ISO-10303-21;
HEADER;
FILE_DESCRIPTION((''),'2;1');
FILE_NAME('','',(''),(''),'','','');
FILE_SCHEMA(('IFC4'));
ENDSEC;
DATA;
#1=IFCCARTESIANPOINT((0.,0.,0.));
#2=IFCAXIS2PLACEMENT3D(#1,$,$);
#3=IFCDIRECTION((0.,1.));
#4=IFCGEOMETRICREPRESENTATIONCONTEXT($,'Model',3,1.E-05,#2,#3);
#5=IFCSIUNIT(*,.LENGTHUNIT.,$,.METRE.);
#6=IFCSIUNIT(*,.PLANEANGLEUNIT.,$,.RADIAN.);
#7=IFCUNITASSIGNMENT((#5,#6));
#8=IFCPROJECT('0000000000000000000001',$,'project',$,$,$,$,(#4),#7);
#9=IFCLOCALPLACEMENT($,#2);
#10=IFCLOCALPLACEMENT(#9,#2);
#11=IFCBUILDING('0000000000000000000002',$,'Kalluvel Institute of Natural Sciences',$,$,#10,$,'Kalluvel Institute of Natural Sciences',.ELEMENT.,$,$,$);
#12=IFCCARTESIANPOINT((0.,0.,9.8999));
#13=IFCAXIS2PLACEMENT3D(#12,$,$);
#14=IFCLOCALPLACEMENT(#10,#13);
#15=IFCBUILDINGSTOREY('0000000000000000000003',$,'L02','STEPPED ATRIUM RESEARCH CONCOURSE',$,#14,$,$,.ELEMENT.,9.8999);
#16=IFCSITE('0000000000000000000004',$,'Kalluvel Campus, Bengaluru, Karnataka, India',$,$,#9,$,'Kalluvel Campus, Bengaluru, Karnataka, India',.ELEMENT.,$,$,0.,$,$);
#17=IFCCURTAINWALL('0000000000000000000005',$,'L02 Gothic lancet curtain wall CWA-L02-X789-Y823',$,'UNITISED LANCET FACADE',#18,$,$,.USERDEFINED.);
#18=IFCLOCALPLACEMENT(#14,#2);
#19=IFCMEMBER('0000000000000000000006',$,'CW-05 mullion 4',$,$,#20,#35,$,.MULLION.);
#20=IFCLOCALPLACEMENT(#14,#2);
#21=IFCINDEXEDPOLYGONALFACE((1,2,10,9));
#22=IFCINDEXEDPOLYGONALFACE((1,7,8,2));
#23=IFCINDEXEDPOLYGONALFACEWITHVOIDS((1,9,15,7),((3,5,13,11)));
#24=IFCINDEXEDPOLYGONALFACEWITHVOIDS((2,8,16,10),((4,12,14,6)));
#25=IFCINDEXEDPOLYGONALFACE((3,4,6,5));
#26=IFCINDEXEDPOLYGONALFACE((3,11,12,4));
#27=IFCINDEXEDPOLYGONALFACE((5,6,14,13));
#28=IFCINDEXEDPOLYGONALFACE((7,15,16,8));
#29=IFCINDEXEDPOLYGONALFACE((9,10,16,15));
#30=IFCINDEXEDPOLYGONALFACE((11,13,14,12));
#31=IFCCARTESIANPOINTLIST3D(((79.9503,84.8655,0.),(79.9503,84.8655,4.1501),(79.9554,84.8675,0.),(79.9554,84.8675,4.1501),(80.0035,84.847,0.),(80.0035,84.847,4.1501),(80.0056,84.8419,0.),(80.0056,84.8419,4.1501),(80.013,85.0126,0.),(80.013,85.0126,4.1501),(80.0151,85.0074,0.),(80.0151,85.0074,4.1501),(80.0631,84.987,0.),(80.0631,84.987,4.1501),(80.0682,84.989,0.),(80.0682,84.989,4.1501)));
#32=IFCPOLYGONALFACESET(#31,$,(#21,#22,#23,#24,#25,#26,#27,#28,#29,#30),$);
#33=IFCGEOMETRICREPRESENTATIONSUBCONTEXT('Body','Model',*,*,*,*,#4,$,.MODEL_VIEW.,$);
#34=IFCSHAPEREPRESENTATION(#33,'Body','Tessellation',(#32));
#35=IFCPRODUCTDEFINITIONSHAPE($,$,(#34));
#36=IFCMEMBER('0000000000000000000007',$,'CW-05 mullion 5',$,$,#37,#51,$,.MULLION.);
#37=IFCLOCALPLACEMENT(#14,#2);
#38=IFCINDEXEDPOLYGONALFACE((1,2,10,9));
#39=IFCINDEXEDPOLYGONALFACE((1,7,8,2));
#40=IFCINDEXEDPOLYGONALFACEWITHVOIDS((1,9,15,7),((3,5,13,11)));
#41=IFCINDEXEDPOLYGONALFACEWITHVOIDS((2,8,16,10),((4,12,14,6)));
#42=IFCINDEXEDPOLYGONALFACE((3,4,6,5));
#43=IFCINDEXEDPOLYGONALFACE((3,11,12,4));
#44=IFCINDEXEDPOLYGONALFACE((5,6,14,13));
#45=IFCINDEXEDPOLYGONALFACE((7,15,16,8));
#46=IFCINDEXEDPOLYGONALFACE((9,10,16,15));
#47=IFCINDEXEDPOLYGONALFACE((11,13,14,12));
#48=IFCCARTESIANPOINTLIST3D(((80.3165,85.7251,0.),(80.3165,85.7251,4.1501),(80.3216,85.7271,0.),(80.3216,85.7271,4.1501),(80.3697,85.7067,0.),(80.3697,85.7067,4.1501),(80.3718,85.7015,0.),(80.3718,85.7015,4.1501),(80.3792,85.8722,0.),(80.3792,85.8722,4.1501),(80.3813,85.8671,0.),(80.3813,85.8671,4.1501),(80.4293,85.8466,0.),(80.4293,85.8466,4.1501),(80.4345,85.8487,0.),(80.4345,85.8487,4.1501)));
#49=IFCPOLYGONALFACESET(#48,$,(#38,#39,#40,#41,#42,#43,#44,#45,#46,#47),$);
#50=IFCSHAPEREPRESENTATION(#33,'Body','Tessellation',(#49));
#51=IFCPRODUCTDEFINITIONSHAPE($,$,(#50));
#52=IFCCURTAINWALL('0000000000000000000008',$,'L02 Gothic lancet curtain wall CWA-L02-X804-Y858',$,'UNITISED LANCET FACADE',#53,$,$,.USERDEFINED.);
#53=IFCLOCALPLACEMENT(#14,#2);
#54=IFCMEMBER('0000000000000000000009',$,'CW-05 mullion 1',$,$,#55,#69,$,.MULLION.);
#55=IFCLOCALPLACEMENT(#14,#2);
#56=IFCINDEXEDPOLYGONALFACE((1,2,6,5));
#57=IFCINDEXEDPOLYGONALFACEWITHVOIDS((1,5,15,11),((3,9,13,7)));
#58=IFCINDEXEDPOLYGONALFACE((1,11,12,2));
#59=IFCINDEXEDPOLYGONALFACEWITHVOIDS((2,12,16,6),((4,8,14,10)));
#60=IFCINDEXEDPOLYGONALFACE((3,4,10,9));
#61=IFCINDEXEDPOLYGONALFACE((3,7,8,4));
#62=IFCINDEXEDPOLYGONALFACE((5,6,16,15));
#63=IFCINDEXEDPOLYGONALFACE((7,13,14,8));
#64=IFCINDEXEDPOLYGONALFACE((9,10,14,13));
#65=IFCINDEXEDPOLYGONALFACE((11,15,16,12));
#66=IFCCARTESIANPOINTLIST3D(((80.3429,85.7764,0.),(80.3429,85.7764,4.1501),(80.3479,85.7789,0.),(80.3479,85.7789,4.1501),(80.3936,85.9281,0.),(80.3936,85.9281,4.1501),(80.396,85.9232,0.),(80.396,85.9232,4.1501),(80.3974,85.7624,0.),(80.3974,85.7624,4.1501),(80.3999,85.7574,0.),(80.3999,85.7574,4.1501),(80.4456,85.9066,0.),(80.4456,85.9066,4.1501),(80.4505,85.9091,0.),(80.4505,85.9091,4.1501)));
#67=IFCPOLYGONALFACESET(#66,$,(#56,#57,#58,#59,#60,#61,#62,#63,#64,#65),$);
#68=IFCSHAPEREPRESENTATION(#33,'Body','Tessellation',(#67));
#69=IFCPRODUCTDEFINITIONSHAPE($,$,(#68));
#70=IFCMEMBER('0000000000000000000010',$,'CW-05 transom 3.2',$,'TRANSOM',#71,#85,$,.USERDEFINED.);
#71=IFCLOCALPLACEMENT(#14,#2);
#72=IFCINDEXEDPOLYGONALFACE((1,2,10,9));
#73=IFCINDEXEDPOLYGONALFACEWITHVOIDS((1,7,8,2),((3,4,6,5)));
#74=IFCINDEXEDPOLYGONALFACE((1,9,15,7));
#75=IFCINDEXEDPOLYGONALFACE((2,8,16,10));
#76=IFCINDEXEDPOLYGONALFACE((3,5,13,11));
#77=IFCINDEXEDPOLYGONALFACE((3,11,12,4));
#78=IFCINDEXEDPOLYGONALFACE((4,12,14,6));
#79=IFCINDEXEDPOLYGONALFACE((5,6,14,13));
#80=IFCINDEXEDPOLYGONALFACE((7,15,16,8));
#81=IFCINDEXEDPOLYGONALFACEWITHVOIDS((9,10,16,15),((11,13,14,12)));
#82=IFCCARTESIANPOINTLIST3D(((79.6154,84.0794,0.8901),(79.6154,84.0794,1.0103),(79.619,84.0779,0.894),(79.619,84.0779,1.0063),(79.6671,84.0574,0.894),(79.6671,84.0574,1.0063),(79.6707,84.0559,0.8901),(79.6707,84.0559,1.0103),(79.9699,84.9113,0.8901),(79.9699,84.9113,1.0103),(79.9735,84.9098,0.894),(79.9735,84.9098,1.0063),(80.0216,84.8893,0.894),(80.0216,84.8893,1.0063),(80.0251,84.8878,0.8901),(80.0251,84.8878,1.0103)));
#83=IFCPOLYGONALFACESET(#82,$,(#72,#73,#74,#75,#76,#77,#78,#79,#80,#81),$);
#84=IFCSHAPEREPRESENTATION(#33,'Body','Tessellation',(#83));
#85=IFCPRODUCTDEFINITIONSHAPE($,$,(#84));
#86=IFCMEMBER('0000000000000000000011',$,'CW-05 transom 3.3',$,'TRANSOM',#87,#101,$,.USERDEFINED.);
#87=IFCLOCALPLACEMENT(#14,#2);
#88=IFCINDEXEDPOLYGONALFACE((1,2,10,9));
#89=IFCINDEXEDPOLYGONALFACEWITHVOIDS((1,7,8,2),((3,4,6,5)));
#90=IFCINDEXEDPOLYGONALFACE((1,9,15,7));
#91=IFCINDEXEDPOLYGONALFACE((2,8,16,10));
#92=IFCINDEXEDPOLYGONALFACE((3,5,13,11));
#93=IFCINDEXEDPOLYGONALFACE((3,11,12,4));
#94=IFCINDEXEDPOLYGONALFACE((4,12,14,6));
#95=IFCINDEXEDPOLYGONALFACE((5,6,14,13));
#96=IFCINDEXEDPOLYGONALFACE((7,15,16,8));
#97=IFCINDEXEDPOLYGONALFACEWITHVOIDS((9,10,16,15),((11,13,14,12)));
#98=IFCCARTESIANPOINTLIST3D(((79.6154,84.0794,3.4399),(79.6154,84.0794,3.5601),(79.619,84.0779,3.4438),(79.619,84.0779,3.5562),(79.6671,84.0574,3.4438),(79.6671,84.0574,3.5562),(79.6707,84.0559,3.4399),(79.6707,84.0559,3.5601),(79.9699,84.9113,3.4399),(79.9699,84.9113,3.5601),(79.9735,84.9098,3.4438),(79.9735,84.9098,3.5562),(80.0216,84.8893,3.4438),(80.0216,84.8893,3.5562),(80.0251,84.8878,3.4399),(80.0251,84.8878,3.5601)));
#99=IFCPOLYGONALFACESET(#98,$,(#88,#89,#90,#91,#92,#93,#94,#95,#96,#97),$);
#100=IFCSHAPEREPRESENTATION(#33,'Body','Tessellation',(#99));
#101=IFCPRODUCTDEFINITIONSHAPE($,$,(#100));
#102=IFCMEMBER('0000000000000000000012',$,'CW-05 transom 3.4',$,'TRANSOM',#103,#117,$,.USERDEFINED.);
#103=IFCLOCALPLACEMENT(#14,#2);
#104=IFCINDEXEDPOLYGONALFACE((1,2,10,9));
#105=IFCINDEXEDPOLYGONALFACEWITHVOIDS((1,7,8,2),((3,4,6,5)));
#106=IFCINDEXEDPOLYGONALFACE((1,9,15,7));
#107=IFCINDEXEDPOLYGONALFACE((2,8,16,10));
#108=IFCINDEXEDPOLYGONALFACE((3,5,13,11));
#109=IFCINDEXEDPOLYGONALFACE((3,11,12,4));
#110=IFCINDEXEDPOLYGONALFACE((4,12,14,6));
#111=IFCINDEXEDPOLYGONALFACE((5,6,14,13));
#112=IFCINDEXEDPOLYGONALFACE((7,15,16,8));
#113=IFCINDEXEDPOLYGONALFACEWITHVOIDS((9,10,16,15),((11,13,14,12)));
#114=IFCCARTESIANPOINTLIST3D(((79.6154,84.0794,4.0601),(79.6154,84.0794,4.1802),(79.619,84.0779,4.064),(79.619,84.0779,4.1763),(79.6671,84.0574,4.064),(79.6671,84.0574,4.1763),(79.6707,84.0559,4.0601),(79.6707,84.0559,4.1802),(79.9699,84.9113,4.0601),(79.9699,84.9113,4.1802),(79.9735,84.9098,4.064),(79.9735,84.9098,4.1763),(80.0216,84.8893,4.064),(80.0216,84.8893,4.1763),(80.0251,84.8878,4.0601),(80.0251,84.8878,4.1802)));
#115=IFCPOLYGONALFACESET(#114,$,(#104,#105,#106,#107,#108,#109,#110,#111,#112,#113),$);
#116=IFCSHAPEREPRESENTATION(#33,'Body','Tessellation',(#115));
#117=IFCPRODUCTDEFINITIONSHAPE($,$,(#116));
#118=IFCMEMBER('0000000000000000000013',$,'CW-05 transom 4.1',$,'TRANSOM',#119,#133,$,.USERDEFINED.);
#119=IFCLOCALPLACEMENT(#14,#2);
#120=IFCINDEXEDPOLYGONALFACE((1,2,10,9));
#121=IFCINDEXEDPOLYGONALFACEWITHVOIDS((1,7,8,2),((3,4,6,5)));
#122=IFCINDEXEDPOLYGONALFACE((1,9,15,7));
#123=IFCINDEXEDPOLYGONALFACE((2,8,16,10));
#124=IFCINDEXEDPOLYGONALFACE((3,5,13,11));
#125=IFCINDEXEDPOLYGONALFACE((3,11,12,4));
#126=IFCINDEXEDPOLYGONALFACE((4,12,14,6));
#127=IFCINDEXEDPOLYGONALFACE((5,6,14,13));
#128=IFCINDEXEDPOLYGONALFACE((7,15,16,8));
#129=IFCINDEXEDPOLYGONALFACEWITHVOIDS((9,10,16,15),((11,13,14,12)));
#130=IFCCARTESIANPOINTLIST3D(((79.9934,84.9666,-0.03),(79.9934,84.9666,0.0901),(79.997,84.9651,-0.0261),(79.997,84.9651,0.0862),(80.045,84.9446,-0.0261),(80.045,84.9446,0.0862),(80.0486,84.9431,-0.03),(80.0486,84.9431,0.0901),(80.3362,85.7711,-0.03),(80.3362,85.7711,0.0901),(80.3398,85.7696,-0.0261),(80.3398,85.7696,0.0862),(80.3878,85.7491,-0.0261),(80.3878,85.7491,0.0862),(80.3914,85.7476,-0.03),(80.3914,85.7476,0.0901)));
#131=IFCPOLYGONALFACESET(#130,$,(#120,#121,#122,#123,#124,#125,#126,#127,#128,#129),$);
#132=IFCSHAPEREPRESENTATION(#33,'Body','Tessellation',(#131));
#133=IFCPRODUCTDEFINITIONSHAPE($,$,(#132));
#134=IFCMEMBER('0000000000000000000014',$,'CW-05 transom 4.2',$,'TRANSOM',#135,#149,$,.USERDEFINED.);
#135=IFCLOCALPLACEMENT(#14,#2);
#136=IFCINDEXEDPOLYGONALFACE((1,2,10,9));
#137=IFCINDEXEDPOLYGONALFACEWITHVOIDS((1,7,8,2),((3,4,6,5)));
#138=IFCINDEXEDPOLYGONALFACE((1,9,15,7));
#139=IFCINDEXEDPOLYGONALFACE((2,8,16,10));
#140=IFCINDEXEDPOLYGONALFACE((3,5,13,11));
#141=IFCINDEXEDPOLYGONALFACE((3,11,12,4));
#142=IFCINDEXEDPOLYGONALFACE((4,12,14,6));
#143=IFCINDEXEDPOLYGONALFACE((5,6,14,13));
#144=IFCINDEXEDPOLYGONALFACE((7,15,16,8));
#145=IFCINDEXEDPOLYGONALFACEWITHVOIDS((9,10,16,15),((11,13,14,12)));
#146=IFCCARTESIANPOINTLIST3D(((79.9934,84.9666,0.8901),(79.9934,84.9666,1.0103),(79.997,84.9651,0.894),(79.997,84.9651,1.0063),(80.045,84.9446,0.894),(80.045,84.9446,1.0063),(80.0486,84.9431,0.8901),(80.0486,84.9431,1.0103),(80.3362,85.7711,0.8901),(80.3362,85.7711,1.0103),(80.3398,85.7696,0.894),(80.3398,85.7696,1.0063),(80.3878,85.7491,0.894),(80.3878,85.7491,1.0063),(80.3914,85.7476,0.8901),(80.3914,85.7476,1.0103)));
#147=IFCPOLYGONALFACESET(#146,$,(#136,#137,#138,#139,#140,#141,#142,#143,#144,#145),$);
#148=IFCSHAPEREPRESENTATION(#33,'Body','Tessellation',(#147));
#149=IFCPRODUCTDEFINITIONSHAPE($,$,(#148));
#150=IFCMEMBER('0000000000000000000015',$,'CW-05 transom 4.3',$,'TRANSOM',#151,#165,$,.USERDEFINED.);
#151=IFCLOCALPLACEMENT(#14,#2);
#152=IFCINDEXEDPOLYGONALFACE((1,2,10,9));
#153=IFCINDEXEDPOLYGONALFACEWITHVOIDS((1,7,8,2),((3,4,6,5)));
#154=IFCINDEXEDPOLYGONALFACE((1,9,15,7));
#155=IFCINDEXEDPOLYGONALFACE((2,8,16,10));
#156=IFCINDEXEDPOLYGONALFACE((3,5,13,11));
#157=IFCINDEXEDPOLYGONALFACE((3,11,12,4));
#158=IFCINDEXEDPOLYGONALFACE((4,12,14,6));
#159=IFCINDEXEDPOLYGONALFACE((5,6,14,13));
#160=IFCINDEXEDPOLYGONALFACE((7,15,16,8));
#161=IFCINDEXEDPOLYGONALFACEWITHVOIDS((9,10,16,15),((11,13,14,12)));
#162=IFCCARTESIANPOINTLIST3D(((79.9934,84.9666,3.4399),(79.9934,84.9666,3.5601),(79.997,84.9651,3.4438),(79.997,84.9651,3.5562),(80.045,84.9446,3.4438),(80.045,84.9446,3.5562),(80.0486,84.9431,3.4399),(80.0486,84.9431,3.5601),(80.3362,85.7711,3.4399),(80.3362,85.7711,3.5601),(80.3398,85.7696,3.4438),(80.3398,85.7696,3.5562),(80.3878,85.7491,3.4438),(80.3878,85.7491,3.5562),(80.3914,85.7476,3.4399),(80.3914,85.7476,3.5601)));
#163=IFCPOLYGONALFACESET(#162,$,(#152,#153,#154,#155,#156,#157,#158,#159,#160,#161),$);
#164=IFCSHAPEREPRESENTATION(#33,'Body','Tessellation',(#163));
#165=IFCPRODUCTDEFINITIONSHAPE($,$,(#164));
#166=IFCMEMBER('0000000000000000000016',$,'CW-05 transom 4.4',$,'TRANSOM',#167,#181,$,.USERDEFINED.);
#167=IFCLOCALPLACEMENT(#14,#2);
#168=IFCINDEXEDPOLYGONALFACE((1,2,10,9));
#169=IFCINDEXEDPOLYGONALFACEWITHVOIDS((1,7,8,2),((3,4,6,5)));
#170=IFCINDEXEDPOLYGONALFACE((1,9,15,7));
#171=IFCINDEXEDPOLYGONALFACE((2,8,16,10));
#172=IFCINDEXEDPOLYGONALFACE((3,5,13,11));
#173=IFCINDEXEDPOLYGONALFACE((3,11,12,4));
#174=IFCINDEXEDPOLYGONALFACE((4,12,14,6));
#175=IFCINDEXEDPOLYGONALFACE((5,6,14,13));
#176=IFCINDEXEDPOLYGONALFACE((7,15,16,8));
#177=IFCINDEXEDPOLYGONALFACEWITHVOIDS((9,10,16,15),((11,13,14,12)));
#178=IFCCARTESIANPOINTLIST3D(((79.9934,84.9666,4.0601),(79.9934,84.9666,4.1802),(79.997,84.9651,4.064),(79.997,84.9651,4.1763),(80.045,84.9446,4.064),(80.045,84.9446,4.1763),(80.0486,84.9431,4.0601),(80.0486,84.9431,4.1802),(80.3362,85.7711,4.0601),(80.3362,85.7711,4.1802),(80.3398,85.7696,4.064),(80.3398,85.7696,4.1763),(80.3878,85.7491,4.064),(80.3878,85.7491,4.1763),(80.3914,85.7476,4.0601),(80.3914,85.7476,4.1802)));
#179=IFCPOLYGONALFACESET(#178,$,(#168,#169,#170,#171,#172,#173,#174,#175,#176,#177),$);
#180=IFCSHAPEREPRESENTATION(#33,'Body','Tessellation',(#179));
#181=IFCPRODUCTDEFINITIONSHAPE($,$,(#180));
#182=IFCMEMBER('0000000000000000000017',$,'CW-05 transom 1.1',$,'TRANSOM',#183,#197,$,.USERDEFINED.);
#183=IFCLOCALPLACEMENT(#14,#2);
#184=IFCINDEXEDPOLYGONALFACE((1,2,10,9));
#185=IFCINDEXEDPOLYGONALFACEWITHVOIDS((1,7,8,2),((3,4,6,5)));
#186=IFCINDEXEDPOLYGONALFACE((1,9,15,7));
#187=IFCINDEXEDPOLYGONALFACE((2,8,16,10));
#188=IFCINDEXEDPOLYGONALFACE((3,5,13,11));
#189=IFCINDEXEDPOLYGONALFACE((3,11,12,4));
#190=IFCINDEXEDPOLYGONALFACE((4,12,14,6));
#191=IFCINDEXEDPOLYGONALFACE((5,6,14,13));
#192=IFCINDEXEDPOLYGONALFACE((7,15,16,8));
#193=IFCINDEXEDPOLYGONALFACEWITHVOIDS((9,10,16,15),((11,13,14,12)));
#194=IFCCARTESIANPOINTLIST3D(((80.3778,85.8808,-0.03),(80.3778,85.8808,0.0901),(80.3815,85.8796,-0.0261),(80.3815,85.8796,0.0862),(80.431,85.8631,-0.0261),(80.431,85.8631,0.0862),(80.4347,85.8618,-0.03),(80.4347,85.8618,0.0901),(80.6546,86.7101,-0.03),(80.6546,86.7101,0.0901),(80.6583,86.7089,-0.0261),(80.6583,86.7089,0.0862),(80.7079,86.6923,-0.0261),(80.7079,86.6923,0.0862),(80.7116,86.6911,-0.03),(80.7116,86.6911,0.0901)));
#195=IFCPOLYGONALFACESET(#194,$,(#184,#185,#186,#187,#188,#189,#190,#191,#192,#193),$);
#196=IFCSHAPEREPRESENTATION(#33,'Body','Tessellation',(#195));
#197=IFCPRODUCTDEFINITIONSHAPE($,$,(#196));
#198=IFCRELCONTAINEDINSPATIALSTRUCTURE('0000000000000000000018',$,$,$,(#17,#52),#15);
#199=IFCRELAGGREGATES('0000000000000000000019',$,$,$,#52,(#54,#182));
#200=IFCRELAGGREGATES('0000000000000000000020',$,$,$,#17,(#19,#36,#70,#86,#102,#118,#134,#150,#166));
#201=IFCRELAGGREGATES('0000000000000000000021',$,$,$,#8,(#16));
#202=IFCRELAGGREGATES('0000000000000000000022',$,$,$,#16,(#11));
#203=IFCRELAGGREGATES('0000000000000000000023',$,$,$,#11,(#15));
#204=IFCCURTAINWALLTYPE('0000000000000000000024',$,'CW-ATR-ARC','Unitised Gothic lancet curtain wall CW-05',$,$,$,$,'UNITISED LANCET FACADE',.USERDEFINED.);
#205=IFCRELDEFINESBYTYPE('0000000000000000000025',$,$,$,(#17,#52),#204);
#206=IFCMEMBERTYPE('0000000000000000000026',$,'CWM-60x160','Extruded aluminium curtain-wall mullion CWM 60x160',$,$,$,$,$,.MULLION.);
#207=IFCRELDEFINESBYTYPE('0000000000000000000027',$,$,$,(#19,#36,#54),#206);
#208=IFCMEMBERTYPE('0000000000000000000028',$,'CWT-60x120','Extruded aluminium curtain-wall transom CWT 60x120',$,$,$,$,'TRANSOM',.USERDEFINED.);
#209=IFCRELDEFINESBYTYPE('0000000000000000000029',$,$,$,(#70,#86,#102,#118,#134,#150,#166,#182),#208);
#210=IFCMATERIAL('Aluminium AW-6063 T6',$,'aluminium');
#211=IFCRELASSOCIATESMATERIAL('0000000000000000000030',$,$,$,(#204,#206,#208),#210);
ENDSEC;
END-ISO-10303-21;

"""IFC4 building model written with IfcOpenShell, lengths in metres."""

from ifc_helpers import new_model, si_unit, direction, frame, origin, origin_2d, place, context, subcontext, project, spatial, hollow_rectangle, extrude, material, material_profile, profile_set, type_object, element, aggregate, save


model = new_model("IFC4")

# Units and contexts
model_context = context("Model", 3, precision=1e-05, world=origin(), true_north=direction((0.0, 1.0)))
body_context = subcontext(model_context, "Body", "Model", "MODEL_VIEW")
ifc_project = project(units=[si_unit("LENGTHUNIT", "METRE"), si_unit("PLANEANGLEUNIT", "RADIAN")], contexts=[model_context])

# Site, building, storey
site_placement = place(None, origin())
site = spatial("IfcSite", under=ifc_project, at=site_placement, Name="Kalluvel Campus, Bengaluru, Karnataka, India", LongName="Kalluvel Campus, Bengaluru, Karnataka, India", CompositionType="ELEMENT", RefElevation=0.0)
building_placement = place(site_placement, origin())
building = spatial("IfcBuilding", under=site, at=building_placement, Name="Kalluvel Institute of Natural Sciences", LongName="Kalluvel Institute of Natural Sciences", CompositionType="ELEMENT")
storey_placement = place(building_placement, frame((0.0, 0.0, 9.8999)))
storey = spatial("IfcBuildingStorey", under=building, at=storey_placement, Name="L02", Description="STEPPED ATRIUM RESEARCH CONCOURSE", CompositionType="ELEMENT", Elevation=9.8999)

# Curtain wall, members
ifc_material_1 = material(Name="Aluminium AW-6063 T6", Category="aluminium")
curtain_wall_type = type_object("IfcCurtainWallType", Name="CW-ATR-ARC", Description="Unitised Gothic lancet curtain wall CW-05", ElementType="UNITISED LANCET FACADE", PredefinedType="USERDEFINED", material=ifc_material_1)
curtain_wall_1_placement = place(storey_placement, origin())
curtain_wall_1 = element("IfcCurtainWall", 1, at=curtain_wall_1_placement, inside=storey, type_object=curtain_wall_type, Name="L02 Gothic lancet curtain wall CWA-L02-X789-Y823", ObjectType="UNITISED LANCET FACADE", PredefinedType="USERDEFINED")
ifc_material_profile_1 = material_profile(ifc_material_1, hollow_rectangle(XDim=0.0601, YDim=0.1599, WallThickness=0.0039, at=origin_2d()), Name="CWM 60x160")
ifc_profile_set_1 = profile_set([ifc_material_profile_1], Name="Aluminium AW-6063 T6")
member_type_1 = type_object("IfcMemberType", Name="CWM-60x160", Description="Extruded aluminium curtain-wall mullion CWM 60x160", PredefinedType="MULLION", material=ifc_profile_set_1)
member_1_placement = place(storey_placement, frame((80.0093, 84.9272, 0.0), z_axis=(0.0, 0.0, 1.0), x_axis=(-0.91998, 0.391966, 0.0)))
member_1 = element("IfcMember", 2, at=member_1_placement, type_object=member_type_1, Name="CW-05 mullion 4", PredefinedType="MULLION", context=body_context, shape_type="SweptSolid", body=[
    extrude(hollow_rectangle(XDim=0.0601, YDim=0.1599, WallThickness=0.0039, at=origin_2d()), origin(), (0.0, 0.0, 1.0), 4.1501),
])
member_2_placement = place(storey_placement, frame((80.3755, 85.7869, 0.0), z_axis=(0.0, 0.0, 1.0), x_axis=(-0.91998, 0.391966, 0.0)))
member_2 = element("IfcMember", 3, at=member_2_placement, type_object=member_type_1, Name="CW-05 mullion 5", PredefinedType="MULLION", context=body_context, shape_type="SweptSolid", body=[
    extrude(hollow_rectangle(XDim=0.0601, YDim=0.1599, WallThickness=0.0039, at=origin_2d()), origin(), (0.0, 0.0, 1.0), 4.1501),
])

# Curtain wall, member
curtain_wall_2_placement = place(storey_placement, origin())
curtain_wall_2 = element("IfcCurtainWall", 4, at=curtain_wall_2_placement, inside=storey, type_object=curtain_wall_type, Name="L02 Gothic lancet curtain wall CWA-L02-X804-Y858", ObjectType="UNITISED LANCET FACADE", PredefinedType="USERDEFINED")
member_3_placement = place(storey_placement, frame((80.3967, 85.8428, 0.0), z_axis=(0.0, 0.0, 1.0), x_axis=(-0.948541, 0.316655, 0.0)))
member_3 = element("IfcMember", 5, at=member_3_placement, type_object=member_type_1, Name="CW-05 mullion 1", PredefinedType="MULLION", context=body_context, shape_type="SweptSolid", body=[
    extrude(hollow_rectangle(XDim=0.0601, YDim=0.1599, WallThickness=0.0039, at=origin_2d()), origin(), (0.0, 0.0, 1.0), 4.1501),
])

# Members
ifc_material_profile_2 = material_profile(ifc_material_1, hollow_rectangle(XDim=0.0601, YDim=0.1201, WallThickness=0.0039, at=origin_2d()), Name="CWT 60x120")
ifc_profile_set_2 = profile_set([ifc_material_profile_2], Name="Aluminium AW-6063 T6")
member_type_2 = type_object("IfcMemberType", Name="CWT-60x120", Description="Extruded aluminium curtain-wall transom CWT 60x120", ElementType="TRANSOM", PredefinedType="USERDEFINED", material=ifc_profile_set_2)
member_4_placement = place(storey_placement, frame((79.6431, 84.0676, 0.9502), z_axis=(0.391964, 0.919981, 0.0), x_axis=(-0.919981, 0.391964, 0.0)))
member_4 = element("IfcMember", 6, at=member_4_placement, type_object=member_type_2, Name="CW-05 transom 3.2", ObjectType="TRANSOM", PredefinedType="USERDEFINED", context=body_context, shape_type="SweptSolid", body=[
    extrude(hollow_rectangle(XDim=0.0601, YDim=0.1201, WallThickness=0.0039, at=origin_2d()), origin(), (0.0, 0.0, 1.0), 0.9043),
])
member_5_placement = place(storey_placement, frame((79.6431, 84.0676, 3.5), z_axis=(0.391964, 0.919981, 0.0), x_axis=(-0.919981, 0.391964, 0.0)))
member_5 = element("IfcMember", 7, at=member_5_placement, type_object=member_type_2, Name="CW-05 transom 3.3", ObjectType="TRANSOM", PredefinedType="USERDEFINED", context=body_context, shape_type="SweptSolid", body=[
    extrude(hollow_rectangle(XDim=0.0601, YDim=0.1201, WallThickness=0.0039, at=origin_2d()), origin(), (0.0, 0.0, 1.0), 0.9043),
])
member_6_placement = place(storey_placement, frame((79.6431, 84.0676, 4.1201), z_axis=(0.391964, 0.919981, 0.0), x_axis=(-0.919981, 0.391964, 0.0)))
member_6 = element("IfcMember", 8, at=member_6_placement, type_object=member_type_2, Name="CW-05 transom 3.4", ObjectType="TRANSOM", PredefinedType="USERDEFINED", context=body_context, shape_type="SweptSolid", body=[
    extrude(hollow_rectangle(XDim=0.0601, YDim=0.1201, WallThickness=0.0039, at=origin_2d()), origin(), (0.0, 0.0, 1.0), 0.9043),
])
member_7_placement = place(storey_placement, frame((80.021, 84.9548, 0.03), z_axis=(0.391998, 0.919966, 0.0), x_axis=(-0.919966, 0.391998, 0.0)))
member_7 = element("IfcMember", 9, at=member_7_placement, type_object=member_type_2, Name="CW-05 transom 4.1", ObjectType="TRANSOM", PredefinedType="USERDEFINED", context=body_context, shape_type="SweptSolid", body=[
    extrude(hollow_rectangle(XDim=0.0601, YDim=0.1201, WallThickness=0.0039, at=origin_2d()), origin(), (0.0, 0.0, 1.0), 0.8745),
])
member_8_placement = place(storey_placement, frame((80.021, 84.9548, 0.9502), z_axis=(0.391998, 0.919966, 0.0), x_axis=(-0.919966, 0.391998, 0.0)))
member_8 = element("IfcMember", 10, at=member_8_placement, type_object=member_type_2, Name="CW-05 transom 4.2", ObjectType="TRANSOM", PredefinedType="USERDEFINED", context=body_context, shape_type="SweptSolid", body=[
    extrude(hollow_rectangle(XDim=0.0601, YDim=0.1201, WallThickness=0.0039, at=origin_2d()), origin(), (0.0, 0.0, 1.0), 0.8745),
])
member_9_placement = place(storey_placement, frame((80.021, 84.9548, 3.5), z_axis=(0.391998, 0.919966, 0.0), x_axis=(-0.919966, 0.391998, 0.0)))
member_9 = element("IfcMember", 11, at=member_9_placement, type_object=member_type_2, Name="CW-05 transom 4.3", ObjectType="TRANSOM", PredefinedType="USERDEFINED", context=body_context, shape_type="SweptSolid", body=[
    extrude(hollow_rectangle(XDim=0.0601, YDim=0.1201, WallThickness=0.0039, at=origin_2d()), origin(), (0.0, 0.0, 1.0), 0.8745),
])
member_10_placement = place(storey_placement, frame((80.021, 84.9548, 4.1201), z_axis=(0.391998, 0.919966, 0.0), x_axis=(-0.919966, 0.391998, 0.0)))
member_10 = element("IfcMember", 12, at=member_10_placement, type_object=member_type_2, Name="CW-05 transom 4.4", ObjectType="TRANSOM", PredefinedType="USERDEFINED", context=body_context, shape_type="SweptSolid", body=[
    extrude(hollow_rectangle(XDim=0.0601, YDim=0.1201, WallThickness=0.0039, at=origin_2d()), origin(), (0.0, 0.0, 1.0), 0.8745),
])
member_11_placement = place(storey_placement, frame((80.4062, 85.8713, 0.03), z_axis=(0.316647, 0.948544, 0.0), x_axis=(-0.948544, 0.316647, 0.0)))
member_11 = element("IfcMember", 13, at=member_11_placement, type_object=member_type_2, Name="CW-05 transom 1.1", ObjectType="TRANSOM", PredefinedType="USERDEFINED", context=body_context, shape_type="SweptSolid", body=[
    extrude(hollow_rectangle(XDim=0.0601, YDim=0.1201, WallThickness=0.0039, at=origin_2d()), origin(), (0.0, 0.0, 1.0), 0.8743),
])
aggregate(curtain_wall_2, [member_3, member_11])

aggregate(curtain_wall_1, [member_1, member_2, member_4, member_5, member_6, member_7, member_8, member_9, member_10])

save(model, "model.ifc")
